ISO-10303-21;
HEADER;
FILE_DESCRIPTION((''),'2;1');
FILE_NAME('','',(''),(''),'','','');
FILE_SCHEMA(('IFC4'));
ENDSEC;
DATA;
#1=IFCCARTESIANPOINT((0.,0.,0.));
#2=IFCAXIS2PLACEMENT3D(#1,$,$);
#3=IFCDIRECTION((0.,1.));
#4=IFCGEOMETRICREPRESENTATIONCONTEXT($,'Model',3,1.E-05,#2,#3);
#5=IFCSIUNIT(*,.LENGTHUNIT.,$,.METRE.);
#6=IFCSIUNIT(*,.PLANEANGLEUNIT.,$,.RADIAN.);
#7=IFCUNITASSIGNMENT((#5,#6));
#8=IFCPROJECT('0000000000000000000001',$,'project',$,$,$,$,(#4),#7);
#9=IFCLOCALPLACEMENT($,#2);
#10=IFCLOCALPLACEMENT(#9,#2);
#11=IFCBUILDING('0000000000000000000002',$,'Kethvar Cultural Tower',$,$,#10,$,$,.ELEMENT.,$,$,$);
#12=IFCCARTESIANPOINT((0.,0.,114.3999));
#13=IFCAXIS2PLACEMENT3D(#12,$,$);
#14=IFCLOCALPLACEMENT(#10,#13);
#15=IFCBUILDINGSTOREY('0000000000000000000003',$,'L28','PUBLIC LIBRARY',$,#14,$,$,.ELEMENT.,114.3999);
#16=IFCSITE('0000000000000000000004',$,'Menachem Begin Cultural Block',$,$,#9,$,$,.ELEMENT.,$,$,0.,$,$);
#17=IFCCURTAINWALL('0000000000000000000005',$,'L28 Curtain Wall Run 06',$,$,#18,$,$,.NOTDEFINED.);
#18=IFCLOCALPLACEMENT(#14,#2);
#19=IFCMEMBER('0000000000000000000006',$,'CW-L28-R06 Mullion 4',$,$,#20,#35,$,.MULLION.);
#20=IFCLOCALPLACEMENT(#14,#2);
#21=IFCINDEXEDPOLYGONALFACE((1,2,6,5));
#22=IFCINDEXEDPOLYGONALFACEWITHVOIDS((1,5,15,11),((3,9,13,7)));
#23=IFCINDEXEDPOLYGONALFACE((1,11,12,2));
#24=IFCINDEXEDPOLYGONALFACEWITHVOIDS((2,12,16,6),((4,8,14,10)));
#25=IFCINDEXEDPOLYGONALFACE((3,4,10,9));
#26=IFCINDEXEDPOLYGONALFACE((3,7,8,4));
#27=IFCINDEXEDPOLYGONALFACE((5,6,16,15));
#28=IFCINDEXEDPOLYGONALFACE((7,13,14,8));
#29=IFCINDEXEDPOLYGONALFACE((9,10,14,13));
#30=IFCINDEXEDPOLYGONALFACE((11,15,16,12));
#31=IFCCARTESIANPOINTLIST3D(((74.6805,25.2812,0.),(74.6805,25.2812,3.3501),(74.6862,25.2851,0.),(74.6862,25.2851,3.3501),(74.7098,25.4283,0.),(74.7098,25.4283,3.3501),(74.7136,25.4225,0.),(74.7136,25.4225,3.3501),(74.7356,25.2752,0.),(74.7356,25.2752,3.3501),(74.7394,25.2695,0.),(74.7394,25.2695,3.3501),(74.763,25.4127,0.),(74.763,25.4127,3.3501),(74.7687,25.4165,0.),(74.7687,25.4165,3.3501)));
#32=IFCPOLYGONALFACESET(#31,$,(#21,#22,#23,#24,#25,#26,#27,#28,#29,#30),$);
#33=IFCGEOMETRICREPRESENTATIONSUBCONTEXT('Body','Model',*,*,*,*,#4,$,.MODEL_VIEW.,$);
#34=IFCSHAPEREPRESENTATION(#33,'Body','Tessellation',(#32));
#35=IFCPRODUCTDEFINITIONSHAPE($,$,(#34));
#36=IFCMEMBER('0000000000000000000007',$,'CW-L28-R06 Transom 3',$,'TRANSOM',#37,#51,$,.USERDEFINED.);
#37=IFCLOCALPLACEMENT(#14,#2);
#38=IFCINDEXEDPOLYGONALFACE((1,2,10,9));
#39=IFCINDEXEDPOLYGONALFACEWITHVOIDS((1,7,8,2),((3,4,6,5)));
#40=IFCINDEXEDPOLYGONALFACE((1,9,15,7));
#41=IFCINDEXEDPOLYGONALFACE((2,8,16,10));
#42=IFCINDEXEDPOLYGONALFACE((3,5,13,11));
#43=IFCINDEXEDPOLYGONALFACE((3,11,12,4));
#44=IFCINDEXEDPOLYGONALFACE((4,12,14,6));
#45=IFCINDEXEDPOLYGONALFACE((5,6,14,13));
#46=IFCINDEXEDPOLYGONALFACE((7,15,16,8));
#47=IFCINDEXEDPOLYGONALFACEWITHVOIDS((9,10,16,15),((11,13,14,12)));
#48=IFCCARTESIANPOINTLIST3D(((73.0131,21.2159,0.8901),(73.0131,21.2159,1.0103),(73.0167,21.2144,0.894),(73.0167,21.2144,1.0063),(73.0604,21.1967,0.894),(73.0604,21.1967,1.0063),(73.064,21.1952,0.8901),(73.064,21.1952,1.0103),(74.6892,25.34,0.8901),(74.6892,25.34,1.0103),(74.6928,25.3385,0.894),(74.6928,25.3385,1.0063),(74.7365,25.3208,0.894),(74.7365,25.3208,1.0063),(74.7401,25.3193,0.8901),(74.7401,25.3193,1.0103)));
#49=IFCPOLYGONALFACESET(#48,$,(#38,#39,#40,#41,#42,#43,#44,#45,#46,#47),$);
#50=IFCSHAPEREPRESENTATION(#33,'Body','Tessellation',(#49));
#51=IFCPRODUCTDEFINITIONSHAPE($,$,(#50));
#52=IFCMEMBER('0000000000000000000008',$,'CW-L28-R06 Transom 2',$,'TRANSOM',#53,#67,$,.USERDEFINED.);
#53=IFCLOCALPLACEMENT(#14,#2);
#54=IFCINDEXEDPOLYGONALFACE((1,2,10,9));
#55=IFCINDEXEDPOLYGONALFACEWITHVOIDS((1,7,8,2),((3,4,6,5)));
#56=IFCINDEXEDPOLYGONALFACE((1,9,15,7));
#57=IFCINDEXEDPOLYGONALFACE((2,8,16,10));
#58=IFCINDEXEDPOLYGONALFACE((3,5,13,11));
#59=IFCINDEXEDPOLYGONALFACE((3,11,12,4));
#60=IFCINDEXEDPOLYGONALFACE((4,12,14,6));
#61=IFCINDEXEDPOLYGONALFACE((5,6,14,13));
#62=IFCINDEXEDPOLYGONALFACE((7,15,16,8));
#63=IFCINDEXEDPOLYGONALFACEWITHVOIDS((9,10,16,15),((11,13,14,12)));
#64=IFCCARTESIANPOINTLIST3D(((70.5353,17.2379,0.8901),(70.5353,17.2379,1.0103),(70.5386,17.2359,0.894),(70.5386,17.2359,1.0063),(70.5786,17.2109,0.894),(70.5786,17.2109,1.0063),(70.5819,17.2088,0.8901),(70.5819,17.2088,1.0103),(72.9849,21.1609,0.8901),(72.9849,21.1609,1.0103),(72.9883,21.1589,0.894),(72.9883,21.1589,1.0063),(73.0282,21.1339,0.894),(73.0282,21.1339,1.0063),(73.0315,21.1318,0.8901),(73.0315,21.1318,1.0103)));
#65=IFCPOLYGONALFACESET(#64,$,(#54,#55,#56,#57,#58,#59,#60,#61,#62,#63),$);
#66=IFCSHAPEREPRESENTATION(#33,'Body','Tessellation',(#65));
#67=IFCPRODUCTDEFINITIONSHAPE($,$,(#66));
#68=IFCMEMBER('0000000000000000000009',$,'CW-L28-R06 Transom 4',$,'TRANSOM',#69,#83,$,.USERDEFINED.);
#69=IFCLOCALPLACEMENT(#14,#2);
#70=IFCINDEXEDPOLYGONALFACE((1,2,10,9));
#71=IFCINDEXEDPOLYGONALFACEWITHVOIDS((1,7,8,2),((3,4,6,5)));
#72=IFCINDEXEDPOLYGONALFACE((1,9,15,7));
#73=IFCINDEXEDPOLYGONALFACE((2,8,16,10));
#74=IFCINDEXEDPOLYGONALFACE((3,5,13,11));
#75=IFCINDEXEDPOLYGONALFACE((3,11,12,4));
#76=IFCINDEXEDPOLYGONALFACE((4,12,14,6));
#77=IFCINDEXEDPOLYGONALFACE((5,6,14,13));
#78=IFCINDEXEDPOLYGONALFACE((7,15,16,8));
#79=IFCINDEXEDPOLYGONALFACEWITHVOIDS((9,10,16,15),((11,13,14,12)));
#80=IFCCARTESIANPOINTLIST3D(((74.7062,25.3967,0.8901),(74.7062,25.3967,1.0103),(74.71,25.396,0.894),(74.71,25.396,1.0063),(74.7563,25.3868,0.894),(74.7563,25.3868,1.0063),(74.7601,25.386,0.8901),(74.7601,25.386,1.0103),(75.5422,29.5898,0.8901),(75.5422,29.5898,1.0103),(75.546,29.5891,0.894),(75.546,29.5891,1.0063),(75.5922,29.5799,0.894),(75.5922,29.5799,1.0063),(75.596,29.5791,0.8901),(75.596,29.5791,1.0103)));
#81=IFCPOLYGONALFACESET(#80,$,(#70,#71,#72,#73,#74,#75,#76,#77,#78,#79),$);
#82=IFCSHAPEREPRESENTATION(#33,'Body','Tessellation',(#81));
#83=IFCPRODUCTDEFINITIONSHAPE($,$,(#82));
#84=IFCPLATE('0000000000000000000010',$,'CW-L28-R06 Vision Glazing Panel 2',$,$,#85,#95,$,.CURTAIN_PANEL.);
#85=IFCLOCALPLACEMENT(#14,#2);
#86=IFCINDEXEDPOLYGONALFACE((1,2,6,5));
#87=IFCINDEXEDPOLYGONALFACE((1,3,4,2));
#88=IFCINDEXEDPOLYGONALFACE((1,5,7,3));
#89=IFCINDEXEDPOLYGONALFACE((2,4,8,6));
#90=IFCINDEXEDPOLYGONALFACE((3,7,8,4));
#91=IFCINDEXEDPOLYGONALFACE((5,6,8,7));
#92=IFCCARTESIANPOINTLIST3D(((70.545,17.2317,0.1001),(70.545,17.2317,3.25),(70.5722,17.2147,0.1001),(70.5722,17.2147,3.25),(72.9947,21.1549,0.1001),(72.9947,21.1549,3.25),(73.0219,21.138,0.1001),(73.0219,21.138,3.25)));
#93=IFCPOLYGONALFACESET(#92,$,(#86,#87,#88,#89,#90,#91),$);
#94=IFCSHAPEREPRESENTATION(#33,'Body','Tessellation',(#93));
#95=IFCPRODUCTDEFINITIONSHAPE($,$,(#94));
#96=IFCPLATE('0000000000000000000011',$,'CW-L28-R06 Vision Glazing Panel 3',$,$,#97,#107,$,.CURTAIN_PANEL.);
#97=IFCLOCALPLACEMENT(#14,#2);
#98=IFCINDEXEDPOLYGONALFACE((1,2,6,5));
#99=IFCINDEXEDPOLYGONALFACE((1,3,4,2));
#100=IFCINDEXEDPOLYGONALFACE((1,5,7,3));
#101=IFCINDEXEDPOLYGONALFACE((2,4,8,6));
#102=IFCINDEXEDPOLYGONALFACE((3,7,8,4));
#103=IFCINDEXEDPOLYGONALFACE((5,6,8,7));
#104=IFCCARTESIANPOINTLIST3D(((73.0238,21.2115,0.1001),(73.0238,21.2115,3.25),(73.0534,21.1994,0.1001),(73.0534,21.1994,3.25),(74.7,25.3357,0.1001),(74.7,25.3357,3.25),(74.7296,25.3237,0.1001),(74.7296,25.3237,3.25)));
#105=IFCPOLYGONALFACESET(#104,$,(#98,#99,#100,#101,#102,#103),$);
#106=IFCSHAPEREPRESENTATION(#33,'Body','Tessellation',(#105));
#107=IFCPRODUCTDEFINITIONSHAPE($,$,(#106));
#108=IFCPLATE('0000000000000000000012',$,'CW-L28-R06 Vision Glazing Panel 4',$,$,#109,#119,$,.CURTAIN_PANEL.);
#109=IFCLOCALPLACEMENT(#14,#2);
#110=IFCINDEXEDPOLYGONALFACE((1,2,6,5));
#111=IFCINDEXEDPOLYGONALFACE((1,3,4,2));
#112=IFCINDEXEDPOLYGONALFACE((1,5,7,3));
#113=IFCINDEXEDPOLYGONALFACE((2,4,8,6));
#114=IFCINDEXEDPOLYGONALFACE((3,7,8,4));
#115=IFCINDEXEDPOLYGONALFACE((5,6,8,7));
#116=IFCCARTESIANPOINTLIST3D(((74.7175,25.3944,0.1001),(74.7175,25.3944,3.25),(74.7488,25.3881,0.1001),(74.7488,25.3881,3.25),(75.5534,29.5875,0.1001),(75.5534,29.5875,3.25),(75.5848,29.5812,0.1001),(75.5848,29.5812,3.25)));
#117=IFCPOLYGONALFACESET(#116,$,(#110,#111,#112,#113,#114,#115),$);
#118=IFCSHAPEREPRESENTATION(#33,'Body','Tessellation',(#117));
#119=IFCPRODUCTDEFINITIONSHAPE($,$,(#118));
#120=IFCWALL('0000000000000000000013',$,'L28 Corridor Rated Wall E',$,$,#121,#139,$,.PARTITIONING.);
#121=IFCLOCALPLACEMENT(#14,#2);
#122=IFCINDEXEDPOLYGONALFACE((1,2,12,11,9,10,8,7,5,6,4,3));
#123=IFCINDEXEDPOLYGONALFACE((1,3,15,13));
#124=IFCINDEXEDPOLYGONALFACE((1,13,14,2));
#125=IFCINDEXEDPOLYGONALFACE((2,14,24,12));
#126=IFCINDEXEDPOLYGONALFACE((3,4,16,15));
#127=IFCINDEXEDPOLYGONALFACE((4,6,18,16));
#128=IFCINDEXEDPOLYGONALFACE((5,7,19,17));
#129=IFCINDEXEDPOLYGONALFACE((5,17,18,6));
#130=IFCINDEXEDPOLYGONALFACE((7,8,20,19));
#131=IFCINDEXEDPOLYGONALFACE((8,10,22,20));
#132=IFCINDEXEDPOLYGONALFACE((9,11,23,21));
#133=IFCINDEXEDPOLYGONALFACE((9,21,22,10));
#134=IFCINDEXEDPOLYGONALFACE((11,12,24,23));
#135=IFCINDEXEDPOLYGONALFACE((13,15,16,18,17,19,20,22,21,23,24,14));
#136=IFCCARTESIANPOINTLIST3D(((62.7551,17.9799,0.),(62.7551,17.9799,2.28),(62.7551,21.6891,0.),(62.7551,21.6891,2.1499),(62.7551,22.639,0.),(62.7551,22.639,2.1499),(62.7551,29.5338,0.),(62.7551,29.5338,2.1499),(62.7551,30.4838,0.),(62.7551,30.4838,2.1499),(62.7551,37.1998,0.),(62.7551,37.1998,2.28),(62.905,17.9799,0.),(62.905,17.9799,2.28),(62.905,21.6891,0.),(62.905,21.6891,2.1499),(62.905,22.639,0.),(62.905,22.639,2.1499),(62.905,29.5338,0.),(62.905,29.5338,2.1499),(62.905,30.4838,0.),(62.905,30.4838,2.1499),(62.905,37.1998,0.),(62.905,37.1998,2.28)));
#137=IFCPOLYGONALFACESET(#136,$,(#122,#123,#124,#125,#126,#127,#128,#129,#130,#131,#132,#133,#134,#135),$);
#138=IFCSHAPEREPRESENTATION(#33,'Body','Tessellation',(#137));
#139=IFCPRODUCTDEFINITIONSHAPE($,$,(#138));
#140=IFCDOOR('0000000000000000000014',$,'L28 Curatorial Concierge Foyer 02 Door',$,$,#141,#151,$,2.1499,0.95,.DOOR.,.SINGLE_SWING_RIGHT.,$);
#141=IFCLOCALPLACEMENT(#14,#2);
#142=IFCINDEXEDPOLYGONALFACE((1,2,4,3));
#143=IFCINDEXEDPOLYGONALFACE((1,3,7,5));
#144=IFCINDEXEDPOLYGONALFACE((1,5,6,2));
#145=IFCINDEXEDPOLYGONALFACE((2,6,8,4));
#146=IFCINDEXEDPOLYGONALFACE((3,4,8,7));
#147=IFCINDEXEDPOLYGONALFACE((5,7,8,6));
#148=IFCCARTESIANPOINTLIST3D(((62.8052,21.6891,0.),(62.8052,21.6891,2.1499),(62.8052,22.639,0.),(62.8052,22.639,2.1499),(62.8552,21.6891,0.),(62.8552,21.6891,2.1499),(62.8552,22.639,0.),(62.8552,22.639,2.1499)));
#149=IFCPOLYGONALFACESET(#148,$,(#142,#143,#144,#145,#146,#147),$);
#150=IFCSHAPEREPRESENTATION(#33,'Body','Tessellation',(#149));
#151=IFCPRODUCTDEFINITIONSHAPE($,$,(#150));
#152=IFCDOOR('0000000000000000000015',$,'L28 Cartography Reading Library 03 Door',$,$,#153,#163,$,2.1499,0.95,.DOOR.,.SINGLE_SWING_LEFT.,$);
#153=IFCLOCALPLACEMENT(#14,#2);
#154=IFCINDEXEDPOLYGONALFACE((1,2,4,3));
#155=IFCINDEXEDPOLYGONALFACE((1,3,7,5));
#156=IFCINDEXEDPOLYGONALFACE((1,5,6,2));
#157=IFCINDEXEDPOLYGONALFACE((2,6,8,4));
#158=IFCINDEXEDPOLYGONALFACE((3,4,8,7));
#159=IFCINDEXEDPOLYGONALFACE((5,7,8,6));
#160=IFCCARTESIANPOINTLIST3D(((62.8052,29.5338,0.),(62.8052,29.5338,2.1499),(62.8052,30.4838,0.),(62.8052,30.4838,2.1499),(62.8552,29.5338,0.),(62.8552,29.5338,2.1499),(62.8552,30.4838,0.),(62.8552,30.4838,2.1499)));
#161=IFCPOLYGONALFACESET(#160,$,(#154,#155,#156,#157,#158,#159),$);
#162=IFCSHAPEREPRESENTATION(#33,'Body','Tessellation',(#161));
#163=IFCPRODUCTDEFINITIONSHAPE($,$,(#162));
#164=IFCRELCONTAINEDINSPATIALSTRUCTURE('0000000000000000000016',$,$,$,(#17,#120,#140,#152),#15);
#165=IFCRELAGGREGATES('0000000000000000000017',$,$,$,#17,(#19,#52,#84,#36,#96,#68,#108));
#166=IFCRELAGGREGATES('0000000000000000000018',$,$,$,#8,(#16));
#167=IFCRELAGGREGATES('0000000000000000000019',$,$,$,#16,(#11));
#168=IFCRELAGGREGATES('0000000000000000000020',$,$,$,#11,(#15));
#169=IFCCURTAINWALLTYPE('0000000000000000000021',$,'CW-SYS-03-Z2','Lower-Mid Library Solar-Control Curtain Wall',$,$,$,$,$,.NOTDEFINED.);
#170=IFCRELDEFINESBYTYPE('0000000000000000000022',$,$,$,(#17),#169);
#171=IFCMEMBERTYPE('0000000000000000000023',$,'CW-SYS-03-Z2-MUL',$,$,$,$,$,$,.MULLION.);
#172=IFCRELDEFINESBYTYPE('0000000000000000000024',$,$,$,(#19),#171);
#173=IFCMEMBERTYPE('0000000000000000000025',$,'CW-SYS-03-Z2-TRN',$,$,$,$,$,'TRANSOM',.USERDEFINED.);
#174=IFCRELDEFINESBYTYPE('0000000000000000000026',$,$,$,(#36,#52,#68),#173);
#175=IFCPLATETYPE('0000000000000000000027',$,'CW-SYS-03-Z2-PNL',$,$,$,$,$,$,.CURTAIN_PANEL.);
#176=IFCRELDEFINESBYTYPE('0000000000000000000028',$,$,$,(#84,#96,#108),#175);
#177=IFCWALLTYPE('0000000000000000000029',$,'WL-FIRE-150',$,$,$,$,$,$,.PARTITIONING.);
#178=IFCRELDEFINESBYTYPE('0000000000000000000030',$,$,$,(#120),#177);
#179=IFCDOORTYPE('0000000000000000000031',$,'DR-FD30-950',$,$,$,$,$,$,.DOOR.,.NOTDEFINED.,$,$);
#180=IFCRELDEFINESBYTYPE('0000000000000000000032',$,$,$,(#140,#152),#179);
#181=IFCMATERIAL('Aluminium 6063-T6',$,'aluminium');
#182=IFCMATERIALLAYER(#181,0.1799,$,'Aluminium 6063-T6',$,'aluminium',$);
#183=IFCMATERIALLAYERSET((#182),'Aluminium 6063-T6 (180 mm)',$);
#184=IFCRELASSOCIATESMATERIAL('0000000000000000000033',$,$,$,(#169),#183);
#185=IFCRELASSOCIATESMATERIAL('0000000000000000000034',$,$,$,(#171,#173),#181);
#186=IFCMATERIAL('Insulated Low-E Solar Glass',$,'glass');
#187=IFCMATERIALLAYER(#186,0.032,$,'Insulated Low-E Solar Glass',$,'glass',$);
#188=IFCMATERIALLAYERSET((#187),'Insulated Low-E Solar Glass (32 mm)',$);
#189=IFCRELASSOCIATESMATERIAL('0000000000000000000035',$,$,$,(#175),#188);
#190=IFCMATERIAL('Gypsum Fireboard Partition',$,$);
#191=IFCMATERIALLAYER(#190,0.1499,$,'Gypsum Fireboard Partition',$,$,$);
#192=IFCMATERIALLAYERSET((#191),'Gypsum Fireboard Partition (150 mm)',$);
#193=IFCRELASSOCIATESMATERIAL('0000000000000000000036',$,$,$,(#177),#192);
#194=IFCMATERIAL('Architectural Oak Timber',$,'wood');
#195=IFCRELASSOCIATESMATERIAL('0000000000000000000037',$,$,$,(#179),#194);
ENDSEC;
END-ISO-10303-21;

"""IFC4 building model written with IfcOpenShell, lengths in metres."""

from ifc_helpers import new_model, si_unit, direction, frame, frame_2d, origin, origin_2d, place, context, subcontext, project, spatial, rectangle, hollow_rectangle, extrude, source, transform, mapped, material, layer, layer_set, material_profile, profile_set, type_object, element, fill, aggregate, save


model = new_model("IFC4")

# Units and contexts
model_context = context("Model", 3, precision=1e-05, world=origin(), true_north=direction((0.0, 1.0)))
body_context = subcontext(model_context, "Body", "Model", "MODEL_VIEW")
ifc_project = project(units=[si_unit("LENGTHUNIT", "METRE"), si_unit("PLANEANGLEUNIT", "RADIAN")], contexts=[model_context])

# Site, building, storey
site_placement = place(None, origin())
site = spatial("IfcSite", under=ifc_project, at=site_placement, Name="Menachem Begin Cultural Block", CompositionType="ELEMENT", RefElevation=0.0)
building_placement = place(site_placement, origin())
building = spatial("IfcBuilding", under=site, at=building_placement, Name="Kethvar Cultural Tower", CompositionType="ELEMENT")
storey_placement = place(building_placement, frame((0.0, 0.0, 114.3999)))
storey = spatial("IfcBuildingStorey", under=building, at=storey_placement, Name="L28", Description="PUBLIC LIBRARY", CompositionType="ELEMENT", Elevation=114.3999)

# Curtain wall, members, plates
ifc_material_1 = material(Name="Aluminium 6063-T6", Category="aluminium")
ifc_layer_1 = layer(ifc_material_1, 0.1799, Name="Aluminium 6063-T6", Category="aluminium")
ifc_layer_set_1 = layer_set([ifc_layer_1], Name="Aluminium 6063-T6 (180 mm)")
curtain_wall_type = type_object("IfcCurtainWallType", Name="CW-SYS-03-Z2", Description="Lower-Mid Library Solar-Control Curtain Wall", PredefinedType="NOTDEFINED", material=ifc_layer_set_1)
curtain_wall_placement = place(storey_placement, origin())
curtain_wall = element("IfcCurtainWall", 1, at=curtain_wall_placement, inside=storey, type_object=curtain_wall_type, Name="L28 Curtain Wall Run 06", PredefinedType="NOTDEFINED")
ifc_material_profile_1 = material_profile(ifc_material_1, hollow_rectangle(XDim=0.0601, YDim=0.1499, WallThickness=0.0049, at=origin_2d()), Name="Aluminium 6063-T6 — RHS150x60x5")
ifc_profile_set_1 = profile_set([ifc_material_profile_1], Name="Aluminium 6063-T6 — RHS150x60x5")
member_type_1 = type_object("IfcMemberType", Name="CW-SYS-03-Z2-MUL", PredefinedType="MULLION", material=ifc_profile_set_1)
shared_shape_1 = source(origin(), body_context, "Body", "SweptSolid", [
    extrude(hollow_rectangle(XDim=0.0601, YDim=0.1499, WallThickness=0.0049, at=origin_2d()), origin(), (0.0, 0.0, 1.0), 3.3501),
])
member_1_placement = place(storey_placement, frame((74.7246, 25.3489, 0.0), z_axis=(0.0, 0.0, 1.0), x_axis=(-0.9807, 0.195518, 0.0)))
member_1 = element("IfcMember", 2, at=member_1_placement, type_object=member_type_1, Name="CW-L28-R06 Mullion 4", PredefinedType="MULLION", context=body_context, shape_type="MappedRepresentation", body=[
    mapped(shared_shape_1, transform((0.0, 0.0, 0.0), scale=1.0)),
])
ifc_material_profile_2 = material_profile(ifc_material_1, hollow_rectangle(XDim=0.0549, YDim=0.1201, WallThickness=0.0039, at=origin_2d()), Name="Aluminium 6063-T6 — RHS120x55x4")
ifc_profile_set_2 = profile_set([ifc_material_profile_2], Name="Aluminium 6063-T6 — RHS120x55x4")
member_type_2 = type_object("IfcMemberType", Name="CW-SYS-03-Z2-TRN", ElementType="TRANSOM", PredefinedType="USERDEFINED", material=ifc_profile_set_2)
shared_shape_2 = source(origin(), body_context, "Body", "SweptSolid", [
    extrude(hollow_rectangle(XDim=0.0549, YDim=0.1201, WallThickness=0.0039, at=origin_2d()), origin(), (0.0, 0.0, 1.0), 4.4517),
])
member_2_placement = place(storey_placement, frame((73.0386, 21.2056, 0.9502), z_axis=(0.376501, 0.926416, 0.0), x_axis=(-0.926416, 0.376501, 0.0)))
member_2 = element("IfcMember", 3, at=member_2_placement, type_object=member_type_2, Name="CW-L28-R06 Transom 3", ObjectType="TRANSOM", PredefinedType="USERDEFINED", context=body_context, shape_type="MappedRepresentation", body=[
    mapped(shared_shape_2, transform((0.0, 0.0, 0.0), scale=1.0)),
])
shared_shape_3 = source(origin(), body_context, "Body", "SweptSolid", [
    extrude(hollow_rectangle(XDim=0.0549, YDim=0.1201, WallThickness=0.0039, at=origin_2d()), origin(), (0.0, 0.0, 1.0), 4.625),
])
member_3_placement = place(storey_placement, frame((70.5586, 17.2234, 0.9502), z_axis=(0.529653, 0.848215, 0.0), x_axis=(-0.848215, 0.529653, 0.0)))
member_3 = element("IfcMember", 4, at=member_3_placement, type_object=member_type_2, Name="CW-L28-R06 Transom 2", ObjectType="TRANSOM", PredefinedType="USERDEFINED", context=body_context, shape_type="MappedRepresentation", body=[
    mapped(shared_shape_3, transform((0.0, 0.0, 0.0), scale=1.0)),
])
shared_shape_4 = source(origin(), body_context, "Body", "SweptSolid", [
    extrude(hollow_rectangle(XDim=0.0549, YDim=0.1201, WallThickness=0.0039, at=origin_2d()), origin(), (0.0, 0.0, 1.0), 4.2756),
])
member_4_placement = place(storey_placement, frame((74.7332, 25.3914, 0.9502), z_axis=(0.195512, 0.980701, 0.0), x_axis=(-0.980701, 0.195512, 0.0)))
member_4 = element("IfcMember", 5, at=member_4_placement, type_object=member_type_2, Name="CW-L28-R06 Transom 4", ObjectType="TRANSOM", PredefinedType="USERDEFINED", context=body_context, shape_type="MappedRepresentation", body=[
    mapped(shared_shape_4, transform((0.0, 0.0, 0.0), scale=1.0)),
])
ifc_material_2 = material(Name="Insulated Low-E Solar Glass", Category="glass")
ifc_layer_2 = layer(ifc_material_2, 0.032, Name="Insulated Low-E Solar Glass", Category="glass")
ifc_layer_set_2 = layer_set([ifc_layer_2], Name="Insulated Low-E Solar Glass (32 mm)")
plate_type = type_object("IfcPlateType", Name="CW-SYS-03-Z2-PNL", PredefinedType="CURTAIN_PANEL", material=ifc_layer_set_2)
shared_shape_5 = source(origin(), body_context, "Body", "SweptSolid", [
    extrude(rectangle(XDim=4.6252, YDim=0.032, at=origin_2d()), origin(), (0.0, 0.0, 1.0), 3.1499),
])
plate_1_placement = place(storey_placement, frame((71.7834, 19.1848, 0.1001), z_axis=(0.0, 0.0, 1.0), x_axis=(0.529638, 0.848224, 0.0)))
plate_1 = element("IfcPlate", 6, at=plate_1_placement, type_object=plate_type, Name="CW-L28-R06 Vision Glazing Panel 2", PredefinedType="CURTAIN_PANEL", context=body_context, shape_type="MappedRepresentation", body=[
    mapped(shared_shape_5, transform((0.0, 0.0, 0.0), scale=1.0)),
])
shared_shape_6 = source(origin(), body_context, "Body", "SweptSolid", [
    extrude(rectangle(XDim=4.4519, YDim=0.032, at=origin_2d()), origin(), (0.0, 0.0, 1.0), 3.1499),
])
plate_2_placement = place(storey_placement, frame((73.8767, 23.2676, 0.1001), z_axis=(0.0, 0.0, 1.0), x_axis=(0.376515, 0.92641, 0.0)))
plate_2 = element("IfcPlate", 7, at=plate_2_placement, type_object=plate_type, Name="CW-L28-R06 Vision Glazing Panel 3", PredefinedType="CURTAIN_PANEL", context=body_context, shape_type="MappedRepresentation", body=[
    mapped(shared_shape_6, transform((0.0, 0.0, 0.0), scale=1.0)),
])
shared_shape_7 = source(origin(), body_context, "Body", "SweptSolid", [
    extrude(rectangle(XDim=4.2756, YDim=0.032, at=origin_2d()), origin(), (0.0, 0.0, 1.0), 3.1499),
])
plate_3_placement = place(storey_placement, frame((75.1511, 27.4878, 0.1001), z_axis=(0.0, 0.0, 1.0), x_axis=(0.195518, 0.9807, 0.0)))
plate_3 = element("IfcPlate", 8, at=plate_3_placement, type_object=plate_type, Name="CW-L28-R06 Vision Glazing Panel 4", PredefinedType="CURTAIN_PANEL", context=body_context, shape_type="MappedRepresentation", body=[
    mapped(shared_shape_7, transform((0.0, 0.0, 0.0), scale=1.0)),
])
aggregate(curtain_wall, [member_1, member_3, plate_1, member_2, plate_2, member_4, plate_3])

# Wall, openings, doors
ifc_material_3 = material(Name="Gypsum Fireboard Partition")
ifc_layer_3 = layer(ifc_material_3, 0.1499, Name="Gypsum Fireboard Partition")
ifc_layer_set_3 = layer_set([ifc_layer_3], Name="Gypsum Fireboard Partition (150 mm)")
wall_type_1 = type_object("IfcWallType", Name="WL-FIRE-150", PredefinedType="PARTITIONING", material=ifc_layer_set_3)
wall_1_placement = place(storey_placement, frame((62.8301, 17.98, 0.0), z_axis=(0.0, 0.0, 1.0), x_axis=(0.0, 1.0, 0.0)))
wall_1 = element("IfcWall", 9, at=wall_1_placement, inside=storey, type_object=wall_type_1, Name="L28 Corridor Rated Wall E", PredefinedType="PARTITIONING", context=body_context, shape_type="SweptSolid", body=[
    extrude(rectangle(XDim=19.22, YDim=0.1499, at=frame_2d((9.6099, 0.0))), origin(), (0.0, 0.0, 1.0), 2.28),
])
opening_1_placement = place(wall_1_placement, frame((3.709, 0.0, 0.0)))
opening_1 = element("IfcOpeningElement", 10, at=opening_1_placement, cuts=wall_1, PredefinedType="OPENING", context=body_context, shape_type="SweptSolid", body=[
    extrude(rectangle(XDim=0.95, YDim=2.1499, at=frame_2d((0.4751, 1.075))), frame((0.0, 0.085, 0.0), z_axis=(0.0, -1.0, 0.0), x_axis=(1.0, 0.0, 0.0)), (0.0, 0.0, 1.0), 0.1699),
])
opening_2_placement = place(wall_1_placement, frame((11.5537, 0.0, 0.0)))
opening_2 = element("IfcOpeningElement", 11, at=opening_2_placement, cuts=wall_1, PredefinedType="OPENING", context=body_context, shape_type="SweptSolid", body=[
    extrude(rectangle(XDim=0.95, YDim=2.1499, at=frame_2d((0.4751, 1.075))), frame((0.0, 0.085, 0.0), z_axis=(0.0, -1.0, 0.0), x_axis=(1.0, 0.0, 0.0)), (0.0, 0.0, 1.0), 0.1699),
])
ifc_material_4 = material(Name="Architectural Oak Timber", Category="wood")
door_type_1 = type_object("IfcDoorType", Name="DR-FD30-950", OperationType="NOTDEFINED", PredefinedType="DOOR", material=ifc_material_4)
shared_shape_8 = source(origin(), body_context, "Body", "SweptSolid", [
    extrude(rectangle(XDim=0.95, YDim=2.1499, at=frame_2d((0.4751, 1.075))), frame((0.0, 0.0249, 0.0), z_axis=(0.0, -1.0, 0.0), x_axis=(1.0, 0.0, 0.0)), (0.0, 0.0, 1.0), 0.05),
])
door_1_placement = place(opening_1_placement, origin())
door_1 = element("IfcDoor", 12, at=door_1_placement, inside=storey, type_object=door_type_1, Name="L28 Curatorial Concierge Foyer 02 Door", OperationType="SINGLE_SWING_RIGHT", OverallHeight=2.1499, OverallWidth=0.95, PredefinedType="DOOR", context=body_context, shape_type="MappedRepresentation", body=[
    mapped(shared_shape_8, transform((0.0, 0.0, 0.0), scale=1.0)),
])
fill(opening_1, door_1)
door_2_placement = place(opening_2_placement, origin())
door_2 = element("IfcDoor", 13, at=door_2_placement, inside=storey, type_object=door_type_1, Name="L28 Cartography Reading Library 03 Door", OperationType="SINGLE_SWING_LEFT", OverallHeight=2.1499, OverallWidth=0.95, PredefinedType="DOOR", context=body_context, shape_type="MappedRepresentation", body=[
    mapped(shared_shape_8, transform((0.0, 0.0, 0.0), scale=1.0)),
])
fill(opening_2, door_2)

save(model, "model.ifc")
